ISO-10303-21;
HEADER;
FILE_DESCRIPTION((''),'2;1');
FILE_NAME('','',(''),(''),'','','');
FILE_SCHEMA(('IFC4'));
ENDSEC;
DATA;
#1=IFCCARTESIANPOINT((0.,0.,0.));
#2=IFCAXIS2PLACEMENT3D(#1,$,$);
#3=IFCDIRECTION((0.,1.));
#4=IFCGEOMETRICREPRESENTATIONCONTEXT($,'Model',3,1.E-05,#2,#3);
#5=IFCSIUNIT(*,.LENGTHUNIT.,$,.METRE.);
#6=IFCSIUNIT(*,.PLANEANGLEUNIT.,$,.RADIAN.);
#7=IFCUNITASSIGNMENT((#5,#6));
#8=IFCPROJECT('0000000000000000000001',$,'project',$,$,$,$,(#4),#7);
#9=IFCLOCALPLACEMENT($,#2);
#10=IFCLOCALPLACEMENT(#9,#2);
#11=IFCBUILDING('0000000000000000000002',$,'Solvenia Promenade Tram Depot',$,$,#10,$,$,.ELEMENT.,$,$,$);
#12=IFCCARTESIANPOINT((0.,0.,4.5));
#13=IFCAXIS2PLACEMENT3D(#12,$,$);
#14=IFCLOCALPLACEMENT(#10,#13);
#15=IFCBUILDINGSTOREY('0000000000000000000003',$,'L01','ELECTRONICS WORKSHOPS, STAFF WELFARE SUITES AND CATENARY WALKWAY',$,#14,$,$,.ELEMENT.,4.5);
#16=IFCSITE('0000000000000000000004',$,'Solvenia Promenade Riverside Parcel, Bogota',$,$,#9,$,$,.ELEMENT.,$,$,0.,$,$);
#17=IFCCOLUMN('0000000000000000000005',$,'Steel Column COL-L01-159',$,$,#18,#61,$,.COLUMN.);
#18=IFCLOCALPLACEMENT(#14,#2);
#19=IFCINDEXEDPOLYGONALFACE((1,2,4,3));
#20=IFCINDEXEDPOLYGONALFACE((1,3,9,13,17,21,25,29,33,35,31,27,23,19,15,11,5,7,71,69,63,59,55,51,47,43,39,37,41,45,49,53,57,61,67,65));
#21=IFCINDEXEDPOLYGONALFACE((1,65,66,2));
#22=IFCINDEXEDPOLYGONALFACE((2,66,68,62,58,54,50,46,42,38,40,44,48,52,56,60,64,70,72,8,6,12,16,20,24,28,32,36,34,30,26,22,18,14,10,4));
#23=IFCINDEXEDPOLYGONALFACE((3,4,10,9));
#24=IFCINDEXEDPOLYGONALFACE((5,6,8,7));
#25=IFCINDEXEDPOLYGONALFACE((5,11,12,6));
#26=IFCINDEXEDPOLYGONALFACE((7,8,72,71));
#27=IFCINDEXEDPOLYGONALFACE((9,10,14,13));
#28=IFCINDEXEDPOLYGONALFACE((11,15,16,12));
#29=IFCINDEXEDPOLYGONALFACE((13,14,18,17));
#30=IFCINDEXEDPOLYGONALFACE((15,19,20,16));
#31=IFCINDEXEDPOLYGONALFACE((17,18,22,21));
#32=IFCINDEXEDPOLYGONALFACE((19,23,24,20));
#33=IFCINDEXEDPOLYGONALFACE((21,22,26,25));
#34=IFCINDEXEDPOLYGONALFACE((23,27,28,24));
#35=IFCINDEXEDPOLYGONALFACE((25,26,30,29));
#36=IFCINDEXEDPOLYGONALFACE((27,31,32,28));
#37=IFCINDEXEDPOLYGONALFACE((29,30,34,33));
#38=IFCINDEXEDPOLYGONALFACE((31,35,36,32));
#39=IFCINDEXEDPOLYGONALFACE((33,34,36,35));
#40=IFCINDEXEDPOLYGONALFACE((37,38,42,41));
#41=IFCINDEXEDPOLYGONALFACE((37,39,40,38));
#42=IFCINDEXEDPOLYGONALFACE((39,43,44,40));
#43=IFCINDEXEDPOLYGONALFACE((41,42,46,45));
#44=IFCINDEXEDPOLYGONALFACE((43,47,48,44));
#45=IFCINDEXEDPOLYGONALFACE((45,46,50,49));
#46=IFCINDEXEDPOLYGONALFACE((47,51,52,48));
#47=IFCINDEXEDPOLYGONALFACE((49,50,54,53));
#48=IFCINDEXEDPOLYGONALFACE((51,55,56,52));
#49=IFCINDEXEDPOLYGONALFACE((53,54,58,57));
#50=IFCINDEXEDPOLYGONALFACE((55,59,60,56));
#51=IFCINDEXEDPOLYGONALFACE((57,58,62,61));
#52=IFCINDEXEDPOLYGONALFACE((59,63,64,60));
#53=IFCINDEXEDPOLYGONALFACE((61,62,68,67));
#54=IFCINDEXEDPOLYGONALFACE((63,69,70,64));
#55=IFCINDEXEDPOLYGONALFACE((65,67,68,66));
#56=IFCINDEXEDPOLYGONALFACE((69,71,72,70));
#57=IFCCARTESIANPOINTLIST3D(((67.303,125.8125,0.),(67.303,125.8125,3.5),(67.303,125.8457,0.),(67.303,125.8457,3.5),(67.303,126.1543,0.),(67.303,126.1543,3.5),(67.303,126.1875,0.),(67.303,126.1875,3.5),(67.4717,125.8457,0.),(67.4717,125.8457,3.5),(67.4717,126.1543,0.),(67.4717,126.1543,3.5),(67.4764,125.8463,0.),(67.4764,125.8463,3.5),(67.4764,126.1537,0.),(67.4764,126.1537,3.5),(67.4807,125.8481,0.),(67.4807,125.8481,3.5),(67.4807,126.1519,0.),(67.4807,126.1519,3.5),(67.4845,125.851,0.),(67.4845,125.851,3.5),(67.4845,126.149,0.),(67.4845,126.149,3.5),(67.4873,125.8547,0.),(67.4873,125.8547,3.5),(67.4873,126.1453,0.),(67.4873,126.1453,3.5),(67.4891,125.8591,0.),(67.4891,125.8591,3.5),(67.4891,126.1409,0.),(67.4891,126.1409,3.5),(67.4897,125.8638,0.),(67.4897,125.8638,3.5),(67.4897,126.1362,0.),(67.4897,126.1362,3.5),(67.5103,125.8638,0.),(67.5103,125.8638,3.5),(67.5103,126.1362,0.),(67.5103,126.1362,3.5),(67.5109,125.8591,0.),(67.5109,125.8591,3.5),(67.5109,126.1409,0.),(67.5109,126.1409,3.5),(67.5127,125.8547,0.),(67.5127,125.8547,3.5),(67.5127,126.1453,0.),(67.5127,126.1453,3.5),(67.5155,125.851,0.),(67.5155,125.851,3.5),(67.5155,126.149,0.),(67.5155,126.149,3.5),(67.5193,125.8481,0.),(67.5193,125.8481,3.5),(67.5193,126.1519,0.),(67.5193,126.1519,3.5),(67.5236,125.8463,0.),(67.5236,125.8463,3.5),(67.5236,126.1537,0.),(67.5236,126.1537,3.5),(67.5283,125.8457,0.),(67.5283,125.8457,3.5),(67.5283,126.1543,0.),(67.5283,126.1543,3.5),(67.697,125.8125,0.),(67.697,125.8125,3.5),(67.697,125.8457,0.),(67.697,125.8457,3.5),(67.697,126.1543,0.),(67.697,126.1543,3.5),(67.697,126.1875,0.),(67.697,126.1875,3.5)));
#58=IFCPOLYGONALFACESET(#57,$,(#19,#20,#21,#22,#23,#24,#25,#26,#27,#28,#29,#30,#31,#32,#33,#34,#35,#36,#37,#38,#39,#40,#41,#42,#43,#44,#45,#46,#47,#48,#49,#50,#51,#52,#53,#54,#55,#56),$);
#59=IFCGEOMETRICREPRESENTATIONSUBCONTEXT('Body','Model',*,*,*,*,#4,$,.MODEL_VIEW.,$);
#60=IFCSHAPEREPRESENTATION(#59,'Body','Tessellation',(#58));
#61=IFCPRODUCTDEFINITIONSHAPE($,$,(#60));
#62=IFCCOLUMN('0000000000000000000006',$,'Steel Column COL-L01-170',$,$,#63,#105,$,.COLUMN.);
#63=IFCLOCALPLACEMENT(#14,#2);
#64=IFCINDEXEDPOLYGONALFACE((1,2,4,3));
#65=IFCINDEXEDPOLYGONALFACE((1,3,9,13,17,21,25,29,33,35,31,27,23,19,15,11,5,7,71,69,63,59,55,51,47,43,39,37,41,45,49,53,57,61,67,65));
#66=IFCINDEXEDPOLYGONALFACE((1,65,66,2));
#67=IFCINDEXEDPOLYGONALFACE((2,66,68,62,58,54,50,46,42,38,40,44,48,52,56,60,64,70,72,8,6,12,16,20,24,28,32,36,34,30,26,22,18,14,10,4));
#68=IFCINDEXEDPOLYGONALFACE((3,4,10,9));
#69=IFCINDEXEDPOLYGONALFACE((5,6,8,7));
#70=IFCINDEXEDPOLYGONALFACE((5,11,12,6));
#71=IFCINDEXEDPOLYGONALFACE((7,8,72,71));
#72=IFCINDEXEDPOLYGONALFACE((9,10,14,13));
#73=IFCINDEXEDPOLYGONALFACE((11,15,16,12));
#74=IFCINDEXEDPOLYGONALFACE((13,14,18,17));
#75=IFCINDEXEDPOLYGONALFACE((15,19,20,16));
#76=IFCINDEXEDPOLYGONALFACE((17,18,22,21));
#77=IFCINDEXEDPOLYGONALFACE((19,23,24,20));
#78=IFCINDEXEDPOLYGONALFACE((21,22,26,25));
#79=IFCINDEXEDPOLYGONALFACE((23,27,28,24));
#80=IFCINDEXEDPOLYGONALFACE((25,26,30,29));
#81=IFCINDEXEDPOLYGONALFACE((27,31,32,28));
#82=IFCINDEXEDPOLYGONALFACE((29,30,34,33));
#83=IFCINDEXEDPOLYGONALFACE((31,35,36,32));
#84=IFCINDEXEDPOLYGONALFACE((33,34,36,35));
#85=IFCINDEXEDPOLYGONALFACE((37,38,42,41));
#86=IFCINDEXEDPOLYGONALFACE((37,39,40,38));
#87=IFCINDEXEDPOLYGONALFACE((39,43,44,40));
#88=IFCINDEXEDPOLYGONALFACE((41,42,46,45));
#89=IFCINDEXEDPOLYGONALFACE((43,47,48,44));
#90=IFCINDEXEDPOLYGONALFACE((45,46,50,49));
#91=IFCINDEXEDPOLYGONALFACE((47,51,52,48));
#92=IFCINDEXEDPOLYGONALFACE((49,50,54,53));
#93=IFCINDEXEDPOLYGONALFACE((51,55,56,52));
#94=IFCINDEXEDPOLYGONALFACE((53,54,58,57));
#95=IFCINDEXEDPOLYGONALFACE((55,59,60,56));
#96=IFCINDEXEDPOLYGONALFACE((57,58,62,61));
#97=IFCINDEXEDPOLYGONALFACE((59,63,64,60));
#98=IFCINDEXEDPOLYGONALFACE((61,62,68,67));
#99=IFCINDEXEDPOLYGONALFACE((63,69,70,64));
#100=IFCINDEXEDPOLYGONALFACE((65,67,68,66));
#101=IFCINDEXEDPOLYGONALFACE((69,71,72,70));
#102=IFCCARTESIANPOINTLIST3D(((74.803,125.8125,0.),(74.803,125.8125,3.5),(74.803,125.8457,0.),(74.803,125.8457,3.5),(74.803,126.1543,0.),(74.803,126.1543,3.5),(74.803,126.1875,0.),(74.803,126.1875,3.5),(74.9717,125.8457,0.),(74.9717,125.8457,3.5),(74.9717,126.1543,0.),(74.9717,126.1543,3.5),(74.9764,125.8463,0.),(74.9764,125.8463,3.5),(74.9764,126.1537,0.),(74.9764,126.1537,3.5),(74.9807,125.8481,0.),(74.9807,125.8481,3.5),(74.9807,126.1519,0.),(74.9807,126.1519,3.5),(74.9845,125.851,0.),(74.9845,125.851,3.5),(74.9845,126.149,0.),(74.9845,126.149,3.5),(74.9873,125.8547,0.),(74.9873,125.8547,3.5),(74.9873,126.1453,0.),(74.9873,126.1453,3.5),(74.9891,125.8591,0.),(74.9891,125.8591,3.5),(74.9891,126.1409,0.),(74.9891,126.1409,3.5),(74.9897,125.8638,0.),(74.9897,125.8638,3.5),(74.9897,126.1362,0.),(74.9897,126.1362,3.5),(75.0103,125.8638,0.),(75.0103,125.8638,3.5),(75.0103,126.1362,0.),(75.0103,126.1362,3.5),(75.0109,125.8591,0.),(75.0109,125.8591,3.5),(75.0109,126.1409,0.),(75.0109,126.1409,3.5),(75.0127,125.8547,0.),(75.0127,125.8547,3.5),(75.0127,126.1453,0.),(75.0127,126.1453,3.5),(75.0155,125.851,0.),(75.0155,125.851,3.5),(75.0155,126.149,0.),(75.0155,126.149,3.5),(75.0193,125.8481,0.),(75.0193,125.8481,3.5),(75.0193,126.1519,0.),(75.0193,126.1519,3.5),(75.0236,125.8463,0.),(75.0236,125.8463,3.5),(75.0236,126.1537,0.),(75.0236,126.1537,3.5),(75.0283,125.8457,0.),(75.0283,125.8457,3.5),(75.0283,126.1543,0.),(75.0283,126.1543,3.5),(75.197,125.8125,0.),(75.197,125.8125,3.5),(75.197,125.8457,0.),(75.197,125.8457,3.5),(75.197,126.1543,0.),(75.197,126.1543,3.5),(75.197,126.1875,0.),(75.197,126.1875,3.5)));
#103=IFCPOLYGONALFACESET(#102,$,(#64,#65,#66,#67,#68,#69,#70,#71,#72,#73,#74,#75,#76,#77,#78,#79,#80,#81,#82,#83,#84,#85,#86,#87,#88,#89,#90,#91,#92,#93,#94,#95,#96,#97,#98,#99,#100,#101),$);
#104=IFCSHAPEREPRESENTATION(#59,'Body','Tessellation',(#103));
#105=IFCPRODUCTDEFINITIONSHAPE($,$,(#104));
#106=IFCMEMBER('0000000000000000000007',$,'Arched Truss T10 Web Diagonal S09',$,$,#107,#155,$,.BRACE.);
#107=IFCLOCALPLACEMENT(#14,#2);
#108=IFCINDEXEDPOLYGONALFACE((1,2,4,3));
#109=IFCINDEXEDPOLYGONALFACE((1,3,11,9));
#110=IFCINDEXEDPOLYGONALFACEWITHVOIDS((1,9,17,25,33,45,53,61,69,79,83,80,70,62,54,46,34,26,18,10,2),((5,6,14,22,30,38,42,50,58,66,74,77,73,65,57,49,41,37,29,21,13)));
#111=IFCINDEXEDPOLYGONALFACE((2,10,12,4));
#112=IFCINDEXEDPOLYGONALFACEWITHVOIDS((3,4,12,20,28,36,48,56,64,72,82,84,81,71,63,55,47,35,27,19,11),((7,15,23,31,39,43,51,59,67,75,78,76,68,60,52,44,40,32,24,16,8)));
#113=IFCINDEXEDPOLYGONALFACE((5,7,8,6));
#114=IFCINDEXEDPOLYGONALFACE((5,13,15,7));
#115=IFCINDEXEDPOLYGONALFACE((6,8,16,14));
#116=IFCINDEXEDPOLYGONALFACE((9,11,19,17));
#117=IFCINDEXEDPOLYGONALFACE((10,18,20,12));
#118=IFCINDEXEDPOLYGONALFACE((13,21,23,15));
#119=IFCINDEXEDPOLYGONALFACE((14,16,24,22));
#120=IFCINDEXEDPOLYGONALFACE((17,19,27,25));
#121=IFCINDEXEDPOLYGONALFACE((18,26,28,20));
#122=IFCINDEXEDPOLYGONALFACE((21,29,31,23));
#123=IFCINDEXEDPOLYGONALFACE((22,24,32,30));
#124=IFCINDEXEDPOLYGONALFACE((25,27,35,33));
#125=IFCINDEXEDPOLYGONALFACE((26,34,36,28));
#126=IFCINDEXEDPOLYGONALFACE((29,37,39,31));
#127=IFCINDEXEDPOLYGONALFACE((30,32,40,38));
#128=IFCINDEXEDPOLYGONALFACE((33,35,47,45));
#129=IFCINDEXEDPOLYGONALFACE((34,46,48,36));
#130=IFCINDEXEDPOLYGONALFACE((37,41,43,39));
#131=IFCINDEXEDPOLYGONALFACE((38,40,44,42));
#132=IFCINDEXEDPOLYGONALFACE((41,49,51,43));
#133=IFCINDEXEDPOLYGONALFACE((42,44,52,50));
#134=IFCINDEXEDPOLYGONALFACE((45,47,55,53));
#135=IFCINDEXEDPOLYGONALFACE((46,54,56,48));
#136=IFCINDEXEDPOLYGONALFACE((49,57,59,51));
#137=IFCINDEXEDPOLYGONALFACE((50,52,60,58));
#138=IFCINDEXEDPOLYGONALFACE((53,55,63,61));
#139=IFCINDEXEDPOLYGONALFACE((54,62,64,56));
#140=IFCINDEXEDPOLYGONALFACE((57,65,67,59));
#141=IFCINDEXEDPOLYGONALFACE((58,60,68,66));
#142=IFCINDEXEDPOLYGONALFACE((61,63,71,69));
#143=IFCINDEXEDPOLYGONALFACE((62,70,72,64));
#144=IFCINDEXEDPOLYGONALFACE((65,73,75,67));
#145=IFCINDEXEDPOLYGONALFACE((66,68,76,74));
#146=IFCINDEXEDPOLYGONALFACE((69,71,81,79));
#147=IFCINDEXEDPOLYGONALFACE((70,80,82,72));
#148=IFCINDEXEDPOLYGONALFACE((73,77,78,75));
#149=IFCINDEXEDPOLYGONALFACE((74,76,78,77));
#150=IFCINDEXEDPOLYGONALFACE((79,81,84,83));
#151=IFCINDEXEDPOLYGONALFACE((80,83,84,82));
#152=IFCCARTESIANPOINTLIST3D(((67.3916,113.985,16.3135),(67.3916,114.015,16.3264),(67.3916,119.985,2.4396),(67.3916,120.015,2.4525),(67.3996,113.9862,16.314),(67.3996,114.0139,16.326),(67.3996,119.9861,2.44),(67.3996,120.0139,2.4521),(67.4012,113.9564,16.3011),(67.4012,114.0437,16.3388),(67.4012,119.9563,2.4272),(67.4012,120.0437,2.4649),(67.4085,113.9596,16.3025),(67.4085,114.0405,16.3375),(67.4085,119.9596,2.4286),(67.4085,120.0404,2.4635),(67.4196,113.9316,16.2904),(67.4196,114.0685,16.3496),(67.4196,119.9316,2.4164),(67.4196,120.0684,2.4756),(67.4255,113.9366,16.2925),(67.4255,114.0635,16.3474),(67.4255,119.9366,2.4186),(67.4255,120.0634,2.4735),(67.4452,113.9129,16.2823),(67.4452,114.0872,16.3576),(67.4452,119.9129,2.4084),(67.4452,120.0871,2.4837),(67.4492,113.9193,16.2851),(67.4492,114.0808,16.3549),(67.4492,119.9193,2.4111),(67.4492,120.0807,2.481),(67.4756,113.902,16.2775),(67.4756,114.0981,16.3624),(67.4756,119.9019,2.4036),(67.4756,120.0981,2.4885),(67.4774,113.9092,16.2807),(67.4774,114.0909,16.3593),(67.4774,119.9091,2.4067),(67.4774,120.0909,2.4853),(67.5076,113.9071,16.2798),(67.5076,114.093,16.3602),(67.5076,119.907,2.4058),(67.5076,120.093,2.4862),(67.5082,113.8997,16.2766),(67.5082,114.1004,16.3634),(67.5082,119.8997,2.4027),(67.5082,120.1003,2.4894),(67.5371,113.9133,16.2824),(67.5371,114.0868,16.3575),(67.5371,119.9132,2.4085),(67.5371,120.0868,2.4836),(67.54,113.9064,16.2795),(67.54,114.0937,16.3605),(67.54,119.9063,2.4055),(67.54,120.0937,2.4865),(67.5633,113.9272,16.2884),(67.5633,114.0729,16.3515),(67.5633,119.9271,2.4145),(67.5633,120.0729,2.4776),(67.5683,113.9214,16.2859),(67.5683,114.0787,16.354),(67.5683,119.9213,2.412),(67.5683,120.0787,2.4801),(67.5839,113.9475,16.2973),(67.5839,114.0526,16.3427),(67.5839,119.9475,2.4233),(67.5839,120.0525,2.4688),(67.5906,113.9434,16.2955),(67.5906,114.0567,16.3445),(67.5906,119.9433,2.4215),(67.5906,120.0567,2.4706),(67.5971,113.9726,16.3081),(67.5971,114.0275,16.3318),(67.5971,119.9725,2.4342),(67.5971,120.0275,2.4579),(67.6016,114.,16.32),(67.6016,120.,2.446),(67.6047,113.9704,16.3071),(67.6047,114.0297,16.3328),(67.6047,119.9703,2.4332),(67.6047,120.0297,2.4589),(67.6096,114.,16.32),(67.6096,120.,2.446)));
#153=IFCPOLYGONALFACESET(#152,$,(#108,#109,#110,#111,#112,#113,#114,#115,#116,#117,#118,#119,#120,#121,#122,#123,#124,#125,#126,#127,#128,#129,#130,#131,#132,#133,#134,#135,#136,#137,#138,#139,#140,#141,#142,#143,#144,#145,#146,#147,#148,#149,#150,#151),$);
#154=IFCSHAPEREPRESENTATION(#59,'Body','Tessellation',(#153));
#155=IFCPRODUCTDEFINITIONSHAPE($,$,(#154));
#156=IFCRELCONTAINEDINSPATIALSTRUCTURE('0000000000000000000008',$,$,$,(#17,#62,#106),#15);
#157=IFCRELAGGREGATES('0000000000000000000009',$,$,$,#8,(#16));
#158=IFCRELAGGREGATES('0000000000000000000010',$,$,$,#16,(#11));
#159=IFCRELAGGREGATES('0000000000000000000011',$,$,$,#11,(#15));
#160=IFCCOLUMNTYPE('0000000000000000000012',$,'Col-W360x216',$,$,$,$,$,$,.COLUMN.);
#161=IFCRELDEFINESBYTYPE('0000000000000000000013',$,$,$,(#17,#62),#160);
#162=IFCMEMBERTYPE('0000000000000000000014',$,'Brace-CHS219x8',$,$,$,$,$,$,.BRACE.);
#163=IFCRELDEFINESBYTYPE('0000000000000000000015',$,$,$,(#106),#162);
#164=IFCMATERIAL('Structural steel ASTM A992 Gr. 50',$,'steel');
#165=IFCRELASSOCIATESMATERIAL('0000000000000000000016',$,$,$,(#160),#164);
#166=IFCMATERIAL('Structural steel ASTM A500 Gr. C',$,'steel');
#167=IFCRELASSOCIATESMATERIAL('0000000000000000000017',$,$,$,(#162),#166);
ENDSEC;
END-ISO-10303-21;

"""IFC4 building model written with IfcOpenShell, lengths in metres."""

from ifc_helpers import new_model, si_unit, direction, frame, origin, origin_2d, place, context, subcontext, project, spatial, hollow_circle, i_section, extrude, material, material_profile, profile_set, type_object, element, save


model = new_model("IFC4")

# Units and contexts
model_context = context("Model", 3, precision=1e-05, world=origin(), true_north=direction((0.0, 1.0)))
body_context = subcontext(model_context, "Body", "Model", "MODEL_VIEW")
ifc_project = project(units=[si_unit("LENGTHUNIT", "METRE"), si_unit("PLANEANGLEUNIT", "RADIAN")], contexts=[model_context])

# Site, building, storey
site_placement = place(None, origin())
site = spatial("IfcSite", under=ifc_project, at=site_placement, Name="Solvenia Promenade Riverside Parcel, Bogota", CompositionType="ELEMENT", RefElevation=0.0)
building_placement = place(site_placement, origin())
building = spatial("IfcBuilding", under=site, at=building_placement, Name="Solvenia Promenade Tram Depot", CompositionType="ELEMENT")
storey_placement = place(building_placement, frame((0.0, 0.0, 4.5)))
storey = spatial("IfcBuildingStorey", under=building, at=storey_placement, Name="L01", Description="ELECTRONICS WORKSHOPS, STAFF WELFARE SUITES AND CATENARY WALKWAY", CompositionType="ELEMENT", Elevation=4.5)

# Columns
ifc_material_1 = material(Name="Structural steel ASTM A992 Gr. 50", Category="steel")
ifc_material_profile_1 = material_profile(ifc_material_1, i_section(OverallWidth=0.394, OverallDepth=0.375, WebThickness=0.0205, FlangeThickness=0.0332, FilletRadius=0.0181, at=origin_2d()), Name="W360x216", Category="steel")
ifc_profile_set_1 = profile_set([ifc_material_profile_1], Name="Structural steel ASTM A992 Gr. 50")
column_type = type_object("IfcColumnType", Name="Col-W360x216", PredefinedType="COLUMN", material=ifc_profile_set_1)
for number, where, z_axis, x_axis, name in (
    (1, (67.5, 126.0, 0.0), (0.0, 0.0, 1.0), (1.0, 0.0, 0.0), "Steel Column COL-L01-159"),
    (2, (75.0, 126.0, 0.0), (0.0, 0.0, 1.0), (1.0, 0.0, 0.0), "Steel Column COL-L01-170"),
):
    element("IfcColumn", number, at=place(storey_placement, frame(where, z_axis=z_axis, x_axis=x_axis)), inside=storey, type_object=column_type, Name=name, PredefinedType="COLUMN", context=body_context, shape_type="SweptSolid", body=[
        extrude(i_section(OverallWidth=0.394, OverallDepth=0.375, WebThickness=0.0205, FlangeThickness=0.0332, FilletRadius=0.0181, at=origin_2d()), origin(), (0.0, 0.0, 1.0), 3.5),
    ])

# Member
ifc_material_2 = material(Name="Structural steel ASTM A500 Gr. C", Category="steel")
ifc_material_profile_2 = material_profile(ifc_material_2, hollow_circle(Radius=0.1096, WallThickness=0.0081, at=origin_2d()), Name="CHS219.1x8", Category="steel")
ifc_profile_set_2 = profile_set([ifc_material_profile_2], Name="Structural steel ASTM A500 Gr. C")
member_type_1 = type_object("IfcMemberType", Name="Brace-CHS219x8", PredefinedType="BRACE", material=ifc_profile_set_2)
member_1_placement = place(storey_placement, frame((67.5, 120.0, 2.446), z_axis=(0.0, -0.396935, 0.917847), x_axis=(1.0, 0.0, 0.0)))
element("IfcMember", 3, at=member_1_placement, inside=storey, type_object=member_type_1, Name="Arched Truss T10 Web Diagonal S09", PredefinedType="BRACE", context=body_context, shape_type="SweptSolid", body=[
    extrude(hollow_circle(Radius=0.1096, WallThickness=0.0081, at=origin_2d()), origin(), (0.0, 0.0, 1.0), 15.1157),
])

save(model, "model.ifc")
